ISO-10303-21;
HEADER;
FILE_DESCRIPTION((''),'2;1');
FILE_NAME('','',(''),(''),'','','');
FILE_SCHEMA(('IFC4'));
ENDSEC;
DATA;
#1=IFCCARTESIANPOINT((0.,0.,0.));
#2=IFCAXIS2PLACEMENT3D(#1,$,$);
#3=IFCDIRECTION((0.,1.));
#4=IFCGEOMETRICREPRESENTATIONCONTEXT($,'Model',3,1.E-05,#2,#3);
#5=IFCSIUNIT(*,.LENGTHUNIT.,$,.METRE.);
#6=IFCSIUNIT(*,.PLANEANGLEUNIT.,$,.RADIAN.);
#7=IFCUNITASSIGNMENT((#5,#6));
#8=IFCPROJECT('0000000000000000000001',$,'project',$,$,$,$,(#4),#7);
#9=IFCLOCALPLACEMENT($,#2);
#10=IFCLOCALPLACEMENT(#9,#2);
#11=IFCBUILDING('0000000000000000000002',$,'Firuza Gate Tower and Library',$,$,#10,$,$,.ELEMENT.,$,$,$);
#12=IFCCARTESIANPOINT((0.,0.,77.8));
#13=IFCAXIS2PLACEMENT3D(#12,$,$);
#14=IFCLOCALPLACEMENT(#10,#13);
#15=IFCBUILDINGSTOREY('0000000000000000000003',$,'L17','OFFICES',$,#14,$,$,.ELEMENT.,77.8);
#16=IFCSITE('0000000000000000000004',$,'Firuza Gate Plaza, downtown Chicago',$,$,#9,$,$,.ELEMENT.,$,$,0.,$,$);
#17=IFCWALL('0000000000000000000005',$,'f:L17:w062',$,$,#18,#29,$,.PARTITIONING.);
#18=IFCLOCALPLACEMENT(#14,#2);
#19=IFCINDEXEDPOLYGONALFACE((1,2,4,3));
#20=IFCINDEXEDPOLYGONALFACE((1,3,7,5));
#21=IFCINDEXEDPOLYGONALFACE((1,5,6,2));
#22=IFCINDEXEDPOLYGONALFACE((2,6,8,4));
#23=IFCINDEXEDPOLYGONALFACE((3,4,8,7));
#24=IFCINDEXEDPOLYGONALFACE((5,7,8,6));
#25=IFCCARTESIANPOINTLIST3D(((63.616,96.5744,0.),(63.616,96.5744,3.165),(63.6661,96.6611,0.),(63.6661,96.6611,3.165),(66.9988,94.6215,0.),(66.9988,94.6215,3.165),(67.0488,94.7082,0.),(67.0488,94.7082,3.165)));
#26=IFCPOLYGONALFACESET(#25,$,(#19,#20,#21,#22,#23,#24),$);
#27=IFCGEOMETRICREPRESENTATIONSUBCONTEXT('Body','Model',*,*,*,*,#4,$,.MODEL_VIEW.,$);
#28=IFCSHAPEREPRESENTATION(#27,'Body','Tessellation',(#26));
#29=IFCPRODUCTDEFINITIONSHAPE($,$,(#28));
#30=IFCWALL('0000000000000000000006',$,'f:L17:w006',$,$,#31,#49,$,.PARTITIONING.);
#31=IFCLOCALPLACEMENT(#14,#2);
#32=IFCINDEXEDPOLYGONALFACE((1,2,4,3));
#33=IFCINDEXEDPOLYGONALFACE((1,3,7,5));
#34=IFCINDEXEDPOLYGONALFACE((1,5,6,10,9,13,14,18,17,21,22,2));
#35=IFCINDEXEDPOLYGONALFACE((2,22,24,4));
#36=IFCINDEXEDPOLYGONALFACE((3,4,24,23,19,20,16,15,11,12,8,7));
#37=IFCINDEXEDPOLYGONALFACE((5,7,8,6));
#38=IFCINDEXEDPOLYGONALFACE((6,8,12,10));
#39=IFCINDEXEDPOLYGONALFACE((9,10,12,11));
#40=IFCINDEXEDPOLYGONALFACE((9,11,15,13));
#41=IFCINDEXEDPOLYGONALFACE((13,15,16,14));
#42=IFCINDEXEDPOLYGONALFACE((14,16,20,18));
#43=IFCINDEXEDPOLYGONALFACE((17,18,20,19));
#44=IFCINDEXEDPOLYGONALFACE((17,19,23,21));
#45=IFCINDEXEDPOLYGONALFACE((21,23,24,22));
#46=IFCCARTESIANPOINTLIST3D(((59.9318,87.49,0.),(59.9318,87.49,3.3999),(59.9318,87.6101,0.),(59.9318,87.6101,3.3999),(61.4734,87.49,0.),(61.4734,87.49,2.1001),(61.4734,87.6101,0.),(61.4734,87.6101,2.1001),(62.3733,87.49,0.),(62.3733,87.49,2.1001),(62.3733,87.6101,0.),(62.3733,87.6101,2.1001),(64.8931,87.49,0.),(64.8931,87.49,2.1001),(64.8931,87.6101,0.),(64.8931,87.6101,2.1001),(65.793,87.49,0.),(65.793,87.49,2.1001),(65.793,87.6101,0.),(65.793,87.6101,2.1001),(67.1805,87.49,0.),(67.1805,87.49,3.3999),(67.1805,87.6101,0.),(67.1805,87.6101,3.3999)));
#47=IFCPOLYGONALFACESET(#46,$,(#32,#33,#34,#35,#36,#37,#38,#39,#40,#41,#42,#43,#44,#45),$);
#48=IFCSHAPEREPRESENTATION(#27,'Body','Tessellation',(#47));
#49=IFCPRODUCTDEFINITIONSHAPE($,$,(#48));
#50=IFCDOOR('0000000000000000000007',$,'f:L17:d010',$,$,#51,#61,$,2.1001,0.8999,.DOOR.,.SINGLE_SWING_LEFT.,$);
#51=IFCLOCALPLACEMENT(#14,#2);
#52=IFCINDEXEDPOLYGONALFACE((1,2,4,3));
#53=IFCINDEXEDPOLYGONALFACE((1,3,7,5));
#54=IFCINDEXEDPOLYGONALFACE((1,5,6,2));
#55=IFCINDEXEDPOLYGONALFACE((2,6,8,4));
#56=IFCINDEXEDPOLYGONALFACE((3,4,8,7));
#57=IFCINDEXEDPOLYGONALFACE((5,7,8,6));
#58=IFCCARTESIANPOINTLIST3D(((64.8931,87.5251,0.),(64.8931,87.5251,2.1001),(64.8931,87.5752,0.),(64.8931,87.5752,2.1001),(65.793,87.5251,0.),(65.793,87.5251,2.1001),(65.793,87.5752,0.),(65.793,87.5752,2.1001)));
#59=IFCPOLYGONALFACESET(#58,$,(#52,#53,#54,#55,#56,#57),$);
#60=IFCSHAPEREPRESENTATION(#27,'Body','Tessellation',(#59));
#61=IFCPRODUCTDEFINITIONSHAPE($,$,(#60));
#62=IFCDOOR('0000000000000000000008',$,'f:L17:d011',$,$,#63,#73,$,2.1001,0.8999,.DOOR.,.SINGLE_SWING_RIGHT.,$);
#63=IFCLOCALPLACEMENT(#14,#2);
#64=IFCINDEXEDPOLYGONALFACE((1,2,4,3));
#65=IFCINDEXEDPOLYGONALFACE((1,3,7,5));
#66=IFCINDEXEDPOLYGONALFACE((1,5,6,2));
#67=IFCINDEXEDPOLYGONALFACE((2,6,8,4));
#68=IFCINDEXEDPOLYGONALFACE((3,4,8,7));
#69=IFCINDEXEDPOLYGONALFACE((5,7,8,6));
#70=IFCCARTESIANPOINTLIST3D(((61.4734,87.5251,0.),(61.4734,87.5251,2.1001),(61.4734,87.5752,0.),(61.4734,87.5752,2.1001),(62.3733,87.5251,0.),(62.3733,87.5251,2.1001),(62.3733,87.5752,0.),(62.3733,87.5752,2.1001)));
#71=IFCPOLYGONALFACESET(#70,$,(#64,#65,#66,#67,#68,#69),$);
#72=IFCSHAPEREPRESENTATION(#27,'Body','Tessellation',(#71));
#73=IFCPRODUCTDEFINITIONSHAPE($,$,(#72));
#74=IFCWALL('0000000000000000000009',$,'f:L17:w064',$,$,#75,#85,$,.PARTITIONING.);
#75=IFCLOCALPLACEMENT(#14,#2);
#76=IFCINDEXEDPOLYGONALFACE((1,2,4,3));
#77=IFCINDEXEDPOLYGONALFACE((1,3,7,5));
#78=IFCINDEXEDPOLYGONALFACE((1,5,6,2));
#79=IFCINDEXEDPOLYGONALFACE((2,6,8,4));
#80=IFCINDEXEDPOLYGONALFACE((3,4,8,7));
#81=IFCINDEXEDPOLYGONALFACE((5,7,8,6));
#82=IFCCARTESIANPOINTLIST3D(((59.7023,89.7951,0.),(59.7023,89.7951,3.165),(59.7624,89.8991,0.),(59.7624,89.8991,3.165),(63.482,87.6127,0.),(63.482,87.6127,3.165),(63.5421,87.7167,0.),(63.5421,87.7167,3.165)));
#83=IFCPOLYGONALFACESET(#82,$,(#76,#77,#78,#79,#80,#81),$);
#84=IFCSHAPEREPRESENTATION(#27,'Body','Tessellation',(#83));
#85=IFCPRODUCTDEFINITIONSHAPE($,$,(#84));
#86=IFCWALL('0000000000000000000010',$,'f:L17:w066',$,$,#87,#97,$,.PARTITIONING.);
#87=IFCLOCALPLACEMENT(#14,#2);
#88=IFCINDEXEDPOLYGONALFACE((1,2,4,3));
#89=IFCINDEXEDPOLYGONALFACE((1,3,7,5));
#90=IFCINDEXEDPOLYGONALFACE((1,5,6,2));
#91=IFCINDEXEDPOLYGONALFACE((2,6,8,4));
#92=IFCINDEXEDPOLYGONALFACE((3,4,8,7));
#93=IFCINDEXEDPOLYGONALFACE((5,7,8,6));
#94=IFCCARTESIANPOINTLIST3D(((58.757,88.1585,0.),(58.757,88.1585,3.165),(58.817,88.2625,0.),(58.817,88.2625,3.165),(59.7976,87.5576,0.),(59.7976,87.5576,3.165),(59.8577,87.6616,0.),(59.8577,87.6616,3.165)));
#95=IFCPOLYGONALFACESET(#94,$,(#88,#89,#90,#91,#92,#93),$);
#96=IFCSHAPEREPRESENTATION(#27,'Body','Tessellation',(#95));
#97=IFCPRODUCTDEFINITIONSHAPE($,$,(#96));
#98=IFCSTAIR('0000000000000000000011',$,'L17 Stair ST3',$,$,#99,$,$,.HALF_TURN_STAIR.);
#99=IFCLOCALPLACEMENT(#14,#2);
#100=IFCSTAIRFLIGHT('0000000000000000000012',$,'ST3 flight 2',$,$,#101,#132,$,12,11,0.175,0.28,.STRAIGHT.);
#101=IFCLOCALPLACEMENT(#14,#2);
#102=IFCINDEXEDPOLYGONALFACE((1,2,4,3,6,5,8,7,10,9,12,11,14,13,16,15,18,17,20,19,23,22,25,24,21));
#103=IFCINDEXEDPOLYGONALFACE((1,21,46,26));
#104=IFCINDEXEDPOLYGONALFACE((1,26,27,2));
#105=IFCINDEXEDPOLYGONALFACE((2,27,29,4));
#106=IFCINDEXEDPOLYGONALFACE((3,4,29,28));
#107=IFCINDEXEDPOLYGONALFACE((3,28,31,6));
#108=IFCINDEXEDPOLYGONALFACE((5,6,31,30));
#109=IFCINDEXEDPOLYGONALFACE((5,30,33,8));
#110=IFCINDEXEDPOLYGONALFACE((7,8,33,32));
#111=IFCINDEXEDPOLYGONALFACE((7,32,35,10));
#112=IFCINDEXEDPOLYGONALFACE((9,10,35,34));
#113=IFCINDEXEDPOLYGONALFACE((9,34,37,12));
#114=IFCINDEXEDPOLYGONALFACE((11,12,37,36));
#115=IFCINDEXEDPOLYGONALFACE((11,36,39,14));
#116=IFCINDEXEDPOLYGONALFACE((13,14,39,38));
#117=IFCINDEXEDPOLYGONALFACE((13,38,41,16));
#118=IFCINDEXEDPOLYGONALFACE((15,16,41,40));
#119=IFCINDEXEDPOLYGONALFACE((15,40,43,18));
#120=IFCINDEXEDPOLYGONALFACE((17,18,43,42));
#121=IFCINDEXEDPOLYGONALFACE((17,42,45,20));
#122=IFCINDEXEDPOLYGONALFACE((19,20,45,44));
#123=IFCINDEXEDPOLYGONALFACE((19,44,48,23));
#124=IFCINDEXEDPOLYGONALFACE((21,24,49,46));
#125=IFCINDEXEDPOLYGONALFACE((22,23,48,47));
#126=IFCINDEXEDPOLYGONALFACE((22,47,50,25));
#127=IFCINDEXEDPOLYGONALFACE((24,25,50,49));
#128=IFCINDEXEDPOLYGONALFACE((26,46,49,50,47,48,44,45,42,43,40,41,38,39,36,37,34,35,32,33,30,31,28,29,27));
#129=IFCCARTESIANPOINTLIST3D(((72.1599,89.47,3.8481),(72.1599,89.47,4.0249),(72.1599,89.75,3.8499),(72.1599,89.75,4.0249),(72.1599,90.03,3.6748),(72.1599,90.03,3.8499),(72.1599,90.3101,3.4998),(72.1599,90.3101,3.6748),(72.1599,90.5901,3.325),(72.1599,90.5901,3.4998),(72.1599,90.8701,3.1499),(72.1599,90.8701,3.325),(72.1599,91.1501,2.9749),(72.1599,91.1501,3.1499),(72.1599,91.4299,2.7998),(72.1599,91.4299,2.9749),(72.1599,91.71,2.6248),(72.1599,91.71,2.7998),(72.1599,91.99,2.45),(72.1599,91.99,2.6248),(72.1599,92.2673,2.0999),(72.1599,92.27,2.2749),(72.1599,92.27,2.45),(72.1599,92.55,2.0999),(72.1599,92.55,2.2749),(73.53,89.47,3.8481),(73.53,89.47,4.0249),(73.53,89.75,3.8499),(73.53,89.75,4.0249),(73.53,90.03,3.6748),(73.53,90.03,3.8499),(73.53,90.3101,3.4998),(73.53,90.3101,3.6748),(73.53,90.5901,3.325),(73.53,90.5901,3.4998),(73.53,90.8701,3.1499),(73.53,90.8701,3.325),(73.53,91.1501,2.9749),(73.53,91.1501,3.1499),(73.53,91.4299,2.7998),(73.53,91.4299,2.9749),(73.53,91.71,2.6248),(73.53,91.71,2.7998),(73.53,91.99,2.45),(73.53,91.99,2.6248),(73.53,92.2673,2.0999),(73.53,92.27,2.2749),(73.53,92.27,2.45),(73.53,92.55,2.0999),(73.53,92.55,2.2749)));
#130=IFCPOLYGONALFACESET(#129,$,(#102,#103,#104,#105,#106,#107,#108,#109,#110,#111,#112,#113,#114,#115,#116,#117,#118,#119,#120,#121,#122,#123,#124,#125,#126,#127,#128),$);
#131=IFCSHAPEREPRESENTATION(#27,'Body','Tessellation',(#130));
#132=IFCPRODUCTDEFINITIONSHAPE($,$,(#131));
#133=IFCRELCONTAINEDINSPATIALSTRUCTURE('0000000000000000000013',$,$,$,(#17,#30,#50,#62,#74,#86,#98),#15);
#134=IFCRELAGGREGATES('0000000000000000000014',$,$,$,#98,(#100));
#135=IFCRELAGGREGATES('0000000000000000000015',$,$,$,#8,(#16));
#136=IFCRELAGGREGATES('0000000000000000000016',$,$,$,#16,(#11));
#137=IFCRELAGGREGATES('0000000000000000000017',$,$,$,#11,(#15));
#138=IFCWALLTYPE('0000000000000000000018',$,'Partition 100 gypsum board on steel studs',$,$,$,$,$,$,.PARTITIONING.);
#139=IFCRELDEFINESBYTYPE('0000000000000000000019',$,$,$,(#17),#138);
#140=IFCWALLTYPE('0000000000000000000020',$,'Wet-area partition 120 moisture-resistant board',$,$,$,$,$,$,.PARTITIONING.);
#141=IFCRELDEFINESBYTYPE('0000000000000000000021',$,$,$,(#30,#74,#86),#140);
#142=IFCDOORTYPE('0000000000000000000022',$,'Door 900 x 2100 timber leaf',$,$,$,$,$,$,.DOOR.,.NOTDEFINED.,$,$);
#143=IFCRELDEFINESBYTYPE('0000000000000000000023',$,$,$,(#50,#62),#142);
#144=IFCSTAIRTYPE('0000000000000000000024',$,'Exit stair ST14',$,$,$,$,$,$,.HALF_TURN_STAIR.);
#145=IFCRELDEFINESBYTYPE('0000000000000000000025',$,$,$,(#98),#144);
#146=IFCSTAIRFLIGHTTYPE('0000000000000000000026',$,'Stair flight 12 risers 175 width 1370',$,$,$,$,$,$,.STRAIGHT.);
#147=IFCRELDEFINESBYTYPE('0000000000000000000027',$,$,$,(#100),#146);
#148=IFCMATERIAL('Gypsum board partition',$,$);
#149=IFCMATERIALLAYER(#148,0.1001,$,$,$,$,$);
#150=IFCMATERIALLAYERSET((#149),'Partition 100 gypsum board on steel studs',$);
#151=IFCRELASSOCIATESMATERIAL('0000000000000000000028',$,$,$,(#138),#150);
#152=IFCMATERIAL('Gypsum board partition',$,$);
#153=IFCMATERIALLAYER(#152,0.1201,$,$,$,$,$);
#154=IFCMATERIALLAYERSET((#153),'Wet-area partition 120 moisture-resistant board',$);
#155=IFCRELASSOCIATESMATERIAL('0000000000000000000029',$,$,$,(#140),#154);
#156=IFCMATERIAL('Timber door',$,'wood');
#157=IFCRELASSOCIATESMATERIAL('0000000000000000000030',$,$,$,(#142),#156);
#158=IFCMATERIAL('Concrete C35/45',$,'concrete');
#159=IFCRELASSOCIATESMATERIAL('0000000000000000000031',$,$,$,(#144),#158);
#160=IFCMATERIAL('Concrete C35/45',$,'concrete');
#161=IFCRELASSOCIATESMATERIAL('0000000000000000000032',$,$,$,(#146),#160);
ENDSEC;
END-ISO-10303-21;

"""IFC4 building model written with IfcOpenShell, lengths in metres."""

from ifc_helpers import new_model, si_unit, direction, frame, frame_2d, origin, place, context, subcontext, project, spatial, polyline, rectangle, outline, extrude, material, layer, layer_set, type_object, element, fill, aggregate, save


model = new_model("IFC4")

# Units and contexts
model_context = context("Model", 3, precision=1e-05, world=origin(), true_north=direction((0.0, 1.0)))
body_context = subcontext(model_context, "Body", "Model", "MODEL_VIEW")
ifc_project = project(units=[si_unit("LENGTHUNIT", "METRE"), si_unit("PLANEANGLEUNIT", "RADIAN")], contexts=[model_context])

# Site, building, storey
site_placement = place(None, origin())
site = spatial("IfcSite", under=ifc_project, at=site_placement, Name="Firuza Gate Plaza, downtown Chicago", CompositionType="ELEMENT", RefElevation=0.0)
building_placement = place(site_placement, origin())
building = spatial("IfcBuilding", under=site, at=building_placement, Name="Firuza Gate Tower and Library", CompositionType="ELEMENT")
storey_placement = place(building_placement, frame((0.0, 0.0, 77.8)))
storey = spatial("IfcBuildingStorey", under=building, at=storey_placement, Name="L17", Description="OFFICES", CompositionType="ELEMENT", Elevation=77.8)

# Shared definitions
placement = place(storey_placement, origin())

# Wall
ifc_material_1 = material(Name="Gypsum board partition")
ifc_layer_1 = layer(ifc_material_1, 0.1001)
ifc_layer_set_1 = layer_set([ifc_layer_1], Name="Partition 100 gypsum board on steel studs")
wall_type_1 = type_object("IfcWallType", Name="Partition 100 gypsum board on steel studs", PredefinedType="PARTITIONING", material=ifc_layer_set_1)
wall_1_placement = place(storey_placement, frame((67.0239, 94.6648, 0.0), z_axis=(0.0, 0.0, 1.0), x_axis=(-0.866046, 0.499964, 0.0)))
element("IfcWall", 1, at=wall_1_placement, inside=storey, type_object=wall_type_1, Name="f:L17:w062", PredefinedType="PARTITIONING", context=body_context, shape_type="SweptSolid", body=[
    extrude(rectangle(XDim=3.906, YDim=0.1001, at=frame_2d((1.9531, 0.0))), origin(), (0.0, 0.0, 1.0), 3.165),
])

# Wall, openings, doors
ifc_material_2 = material(Name="Gypsum board partition")
ifc_layer_2 = layer(ifc_material_2, 0.1201)
ifc_layer_set_2 = layer_set([ifc_layer_2], Name="Wet-area partition 120 moisture-resistant board")
wall_type_2 = type_object("IfcWallType", Name="Wet-area partition 120 moisture-resistant board", PredefinedType="PARTITIONING", material=ifc_layer_set_2)
wall_2_placement = place(storey_placement, frame((67.1807, 87.55, 0.0), z_axis=(0.0, 0.0, 1.0), x_axis=(-1.0, 0.0, 0.0)))
wall_2 = element("IfcWall", 2, at=wall_2_placement, inside=storey, type_object=wall_type_2, Name="f:L17:w006", PredefinedType="PARTITIONING", context=body_context, shape_type="SweptSolid", body=[
    extrude(rectangle(XDim=7.2488, YDim=0.1201, at=frame_2d((3.6245, 0.0))), origin(), (0.0, 0.0, 1.0), 3.3999),
])
opening_1_placement = place(wall_2_placement, frame((1.3877, 0.0, 0.0)))
opening_1 = element("IfcOpeningElement", 3, at=opening_1_placement, cuts=wall_2, PredefinedType="OPENING", context=body_context, shape_type="SweptSolid", body=[
    extrude(rectangle(XDim=0.8999, YDim=2.1001, at=frame_2d((0.45, 1.05))), frame((0.0, 0.0701, 0.0), z_axis=(0.0, -1.0, 0.0), x_axis=(1.0, 0.0, 0.0)), (0.0, 0.0, 1.0), 0.1401),
])
opening_2_placement = place(wall_2_placement, frame((4.8074, 0.0, 0.0)))
opening_2 = element("IfcOpeningElement", 4, at=opening_2_placement, cuts=wall_2, PredefinedType="OPENING", context=body_context, shape_type="SweptSolid", body=[
    extrude(rectangle(XDim=0.8999, YDim=2.1001, at=frame_2d((0.45, 1.05))), frame((0.0, 0.0701, 0.0), z_axis=(0.0, -1.0, 0.0), x_axis=(1.0, 0.0, 0.0)), (0.0, 0.0, 1.0), 0.1401),
])
ifc_material_3 = material(Name="Timber door", Category="wood")
door_type_1 = type_object("IfcDoorType", Name="Door 900 x 2100 timber leaf", OperationType="NOTDEFINED", PredefinedType="DOOR", material=ifc_material_3)
door_1_placement = place(opening_1_placement, origin())
door_1 = element("IfcDoor", 5, at=door_1_placement, inside=storey, type_object=door_type_1, Name="f:L17:d010", OperationType="SINGLE_SWING_LEFT", OverallHeight=2.1001, OverallWidth=0.8999, PredefinedType="DOOR", context=body_context, shape_type="SweptSolid", body=[
    extrude(rectangle(XDim=0.8999, YDim=2.1001, at=frame_2d((0.45, 1.05))), frame((0.0, 0.0249, 0.0), z_axis=(0.0, -1.0, 0.0), x_axis=(1.0, 0.0, 0.0)), (0.0, 0.0, 1.0), 0.05),
])
fill(opening_1, door_1)
door_2_placement = place(opening_2_placement, origin())
door_2 = element("IfcDoor", 6, at=door_2_placement, inside=storey, type_object=door_type_1, Name="f:L17:d011", OperationType="SINGLE_SWING_RIGHT", OverallHeight=2.1001, OverallWidth=0.8999, PredefinedType="DOOR", context=body_context, shape_type="SweptSolid", body=[
    extrude(rectangle(XDim=0.8999, YDim=2.1001, at=frame_2d((0.45, 1.05))), frame((0.0, 0.0249, 0.0), z_axis=(0.0, -1.0, 0.0), x_axis=(1.0, 0.0, 0.0)), (0.0, 0.0, 1.0), 0.05),
])
fill(opening_2, door_2)

# Walls
wall_3_placement = place(storey_placement, frame((63.512, 87.6648, 0.0), z_axis=(0.0, 0.0, 1.0), x_axis=(-0.866014, 0.500019, 0.0)))
element("IfcWall", 7, at=wall_3_placement, inside=storey, type_object=wall_type_2, Name="f:L17:w064", PredefinedType="PARTITIONING", context=body_context, shape_type="SweptSolid", body=[
    extrude(rectangle(XDim=4.3645, YDim=0.1201, at=frame_2d((2.1821, 0.0))), origin(), (0.0, 0.0, 1.0), 3.165),
])
wall_4_placement = place(storey_placement, frame((59.8276, 87.6096, 0.0), z_axis=(0.0, 0.0, 1.0), x_axis=(-0.865996, 0.500051, 0.0)))
element("IfcWall", 8, at=wall_4_placement, inside=storey, type_object=wall_type_2, Name="f:L17:w066", PredefinedType="PARTITIONING", context=body_context, shape_type="SweptSolid", body=[
    extrude(rectangle(XDim=1.2017, YDim=0.1201, at=frame_2d((0.6008, 0.0))), origin(), (0.0, 0.0, 1.0), 3.165),
])

# Stair, stair flight
ifc_material_4 = material(Name="Concrete C35/45", Category="concrete")
stair_type = type_object("IfcStairType", Name="Exit stair ST14", PredefinedType="HALF_TURN_STAIR", material=ifc_material_4)
stair = element("IfcStair", 9, at=placement, inside=storey, type_object=stair_type, Name="L17 Stair ST3", PredefinedType="HALF_TURN_STAIR")
ifc_material_5 = material(Name="Concrete C35/45", Category="concrete")
stair_flight_type = type_object("IfcStairFlightType", Name="Stair flight 12 risers 175 width 1370", PredefinedType="STRAIGHT", material=ifc_material_5)
stair_flight_placement = place(storey_placement, frame((72.845, 92.55, 2.0999), z_axis=(0.0, 0.0, 1.0), x_axis=(0.0, -1.0, 0.0)))
stair_flight = element("IfcStairFlight", 10, at=stair_flight_placement, type_object=stair_flight_type, Name="ST3 flight 2", NumberOfRisers=12, NumberOfTreads=11, PredefinedType="STRAIGHT", RiserHeight=0.175, TreadLength=0.28, context=body_context, shape_type="SweptSolid", body=[
    extrude(outline(polyline([(0.0, 0.0), (0.0, 0.175), (0.28, 0.175), (0.28, 0.3501), (0.5601, 0.3501), (0.5601, 0.5249), (0.8401, 0.5249), (0.8401, 0.7), (1.1201, 0.7), (1.1201, 0.875), (1.3999, 0.875), (1.3999, 1.05), (1.6799, 1.05), (1.6799, 1.2251), (1.96, 1.2251), (1.96, 1.3999), (2.24, 1.3999), (2.24, 1.575), (2.52, 1.575), (2.52, 1.75), (2.8, 1.75), (2.8, 1.925), (3.0801, 1.925), (3.0801, 2.1001), (3.0801, 1.7483), (0.2827, 0.0), (0.0, 0.0)])), frame((0.0, 0.6851, 0.0), z_axis=(0.0, -1.0, 0.0), x_axis=(1.0, 0.0, 0.0)), (0.0, 0.0, 1.0), 1.3701),
])
aggregate(stair, [stair_flight])

save(model, "model.ifc")
